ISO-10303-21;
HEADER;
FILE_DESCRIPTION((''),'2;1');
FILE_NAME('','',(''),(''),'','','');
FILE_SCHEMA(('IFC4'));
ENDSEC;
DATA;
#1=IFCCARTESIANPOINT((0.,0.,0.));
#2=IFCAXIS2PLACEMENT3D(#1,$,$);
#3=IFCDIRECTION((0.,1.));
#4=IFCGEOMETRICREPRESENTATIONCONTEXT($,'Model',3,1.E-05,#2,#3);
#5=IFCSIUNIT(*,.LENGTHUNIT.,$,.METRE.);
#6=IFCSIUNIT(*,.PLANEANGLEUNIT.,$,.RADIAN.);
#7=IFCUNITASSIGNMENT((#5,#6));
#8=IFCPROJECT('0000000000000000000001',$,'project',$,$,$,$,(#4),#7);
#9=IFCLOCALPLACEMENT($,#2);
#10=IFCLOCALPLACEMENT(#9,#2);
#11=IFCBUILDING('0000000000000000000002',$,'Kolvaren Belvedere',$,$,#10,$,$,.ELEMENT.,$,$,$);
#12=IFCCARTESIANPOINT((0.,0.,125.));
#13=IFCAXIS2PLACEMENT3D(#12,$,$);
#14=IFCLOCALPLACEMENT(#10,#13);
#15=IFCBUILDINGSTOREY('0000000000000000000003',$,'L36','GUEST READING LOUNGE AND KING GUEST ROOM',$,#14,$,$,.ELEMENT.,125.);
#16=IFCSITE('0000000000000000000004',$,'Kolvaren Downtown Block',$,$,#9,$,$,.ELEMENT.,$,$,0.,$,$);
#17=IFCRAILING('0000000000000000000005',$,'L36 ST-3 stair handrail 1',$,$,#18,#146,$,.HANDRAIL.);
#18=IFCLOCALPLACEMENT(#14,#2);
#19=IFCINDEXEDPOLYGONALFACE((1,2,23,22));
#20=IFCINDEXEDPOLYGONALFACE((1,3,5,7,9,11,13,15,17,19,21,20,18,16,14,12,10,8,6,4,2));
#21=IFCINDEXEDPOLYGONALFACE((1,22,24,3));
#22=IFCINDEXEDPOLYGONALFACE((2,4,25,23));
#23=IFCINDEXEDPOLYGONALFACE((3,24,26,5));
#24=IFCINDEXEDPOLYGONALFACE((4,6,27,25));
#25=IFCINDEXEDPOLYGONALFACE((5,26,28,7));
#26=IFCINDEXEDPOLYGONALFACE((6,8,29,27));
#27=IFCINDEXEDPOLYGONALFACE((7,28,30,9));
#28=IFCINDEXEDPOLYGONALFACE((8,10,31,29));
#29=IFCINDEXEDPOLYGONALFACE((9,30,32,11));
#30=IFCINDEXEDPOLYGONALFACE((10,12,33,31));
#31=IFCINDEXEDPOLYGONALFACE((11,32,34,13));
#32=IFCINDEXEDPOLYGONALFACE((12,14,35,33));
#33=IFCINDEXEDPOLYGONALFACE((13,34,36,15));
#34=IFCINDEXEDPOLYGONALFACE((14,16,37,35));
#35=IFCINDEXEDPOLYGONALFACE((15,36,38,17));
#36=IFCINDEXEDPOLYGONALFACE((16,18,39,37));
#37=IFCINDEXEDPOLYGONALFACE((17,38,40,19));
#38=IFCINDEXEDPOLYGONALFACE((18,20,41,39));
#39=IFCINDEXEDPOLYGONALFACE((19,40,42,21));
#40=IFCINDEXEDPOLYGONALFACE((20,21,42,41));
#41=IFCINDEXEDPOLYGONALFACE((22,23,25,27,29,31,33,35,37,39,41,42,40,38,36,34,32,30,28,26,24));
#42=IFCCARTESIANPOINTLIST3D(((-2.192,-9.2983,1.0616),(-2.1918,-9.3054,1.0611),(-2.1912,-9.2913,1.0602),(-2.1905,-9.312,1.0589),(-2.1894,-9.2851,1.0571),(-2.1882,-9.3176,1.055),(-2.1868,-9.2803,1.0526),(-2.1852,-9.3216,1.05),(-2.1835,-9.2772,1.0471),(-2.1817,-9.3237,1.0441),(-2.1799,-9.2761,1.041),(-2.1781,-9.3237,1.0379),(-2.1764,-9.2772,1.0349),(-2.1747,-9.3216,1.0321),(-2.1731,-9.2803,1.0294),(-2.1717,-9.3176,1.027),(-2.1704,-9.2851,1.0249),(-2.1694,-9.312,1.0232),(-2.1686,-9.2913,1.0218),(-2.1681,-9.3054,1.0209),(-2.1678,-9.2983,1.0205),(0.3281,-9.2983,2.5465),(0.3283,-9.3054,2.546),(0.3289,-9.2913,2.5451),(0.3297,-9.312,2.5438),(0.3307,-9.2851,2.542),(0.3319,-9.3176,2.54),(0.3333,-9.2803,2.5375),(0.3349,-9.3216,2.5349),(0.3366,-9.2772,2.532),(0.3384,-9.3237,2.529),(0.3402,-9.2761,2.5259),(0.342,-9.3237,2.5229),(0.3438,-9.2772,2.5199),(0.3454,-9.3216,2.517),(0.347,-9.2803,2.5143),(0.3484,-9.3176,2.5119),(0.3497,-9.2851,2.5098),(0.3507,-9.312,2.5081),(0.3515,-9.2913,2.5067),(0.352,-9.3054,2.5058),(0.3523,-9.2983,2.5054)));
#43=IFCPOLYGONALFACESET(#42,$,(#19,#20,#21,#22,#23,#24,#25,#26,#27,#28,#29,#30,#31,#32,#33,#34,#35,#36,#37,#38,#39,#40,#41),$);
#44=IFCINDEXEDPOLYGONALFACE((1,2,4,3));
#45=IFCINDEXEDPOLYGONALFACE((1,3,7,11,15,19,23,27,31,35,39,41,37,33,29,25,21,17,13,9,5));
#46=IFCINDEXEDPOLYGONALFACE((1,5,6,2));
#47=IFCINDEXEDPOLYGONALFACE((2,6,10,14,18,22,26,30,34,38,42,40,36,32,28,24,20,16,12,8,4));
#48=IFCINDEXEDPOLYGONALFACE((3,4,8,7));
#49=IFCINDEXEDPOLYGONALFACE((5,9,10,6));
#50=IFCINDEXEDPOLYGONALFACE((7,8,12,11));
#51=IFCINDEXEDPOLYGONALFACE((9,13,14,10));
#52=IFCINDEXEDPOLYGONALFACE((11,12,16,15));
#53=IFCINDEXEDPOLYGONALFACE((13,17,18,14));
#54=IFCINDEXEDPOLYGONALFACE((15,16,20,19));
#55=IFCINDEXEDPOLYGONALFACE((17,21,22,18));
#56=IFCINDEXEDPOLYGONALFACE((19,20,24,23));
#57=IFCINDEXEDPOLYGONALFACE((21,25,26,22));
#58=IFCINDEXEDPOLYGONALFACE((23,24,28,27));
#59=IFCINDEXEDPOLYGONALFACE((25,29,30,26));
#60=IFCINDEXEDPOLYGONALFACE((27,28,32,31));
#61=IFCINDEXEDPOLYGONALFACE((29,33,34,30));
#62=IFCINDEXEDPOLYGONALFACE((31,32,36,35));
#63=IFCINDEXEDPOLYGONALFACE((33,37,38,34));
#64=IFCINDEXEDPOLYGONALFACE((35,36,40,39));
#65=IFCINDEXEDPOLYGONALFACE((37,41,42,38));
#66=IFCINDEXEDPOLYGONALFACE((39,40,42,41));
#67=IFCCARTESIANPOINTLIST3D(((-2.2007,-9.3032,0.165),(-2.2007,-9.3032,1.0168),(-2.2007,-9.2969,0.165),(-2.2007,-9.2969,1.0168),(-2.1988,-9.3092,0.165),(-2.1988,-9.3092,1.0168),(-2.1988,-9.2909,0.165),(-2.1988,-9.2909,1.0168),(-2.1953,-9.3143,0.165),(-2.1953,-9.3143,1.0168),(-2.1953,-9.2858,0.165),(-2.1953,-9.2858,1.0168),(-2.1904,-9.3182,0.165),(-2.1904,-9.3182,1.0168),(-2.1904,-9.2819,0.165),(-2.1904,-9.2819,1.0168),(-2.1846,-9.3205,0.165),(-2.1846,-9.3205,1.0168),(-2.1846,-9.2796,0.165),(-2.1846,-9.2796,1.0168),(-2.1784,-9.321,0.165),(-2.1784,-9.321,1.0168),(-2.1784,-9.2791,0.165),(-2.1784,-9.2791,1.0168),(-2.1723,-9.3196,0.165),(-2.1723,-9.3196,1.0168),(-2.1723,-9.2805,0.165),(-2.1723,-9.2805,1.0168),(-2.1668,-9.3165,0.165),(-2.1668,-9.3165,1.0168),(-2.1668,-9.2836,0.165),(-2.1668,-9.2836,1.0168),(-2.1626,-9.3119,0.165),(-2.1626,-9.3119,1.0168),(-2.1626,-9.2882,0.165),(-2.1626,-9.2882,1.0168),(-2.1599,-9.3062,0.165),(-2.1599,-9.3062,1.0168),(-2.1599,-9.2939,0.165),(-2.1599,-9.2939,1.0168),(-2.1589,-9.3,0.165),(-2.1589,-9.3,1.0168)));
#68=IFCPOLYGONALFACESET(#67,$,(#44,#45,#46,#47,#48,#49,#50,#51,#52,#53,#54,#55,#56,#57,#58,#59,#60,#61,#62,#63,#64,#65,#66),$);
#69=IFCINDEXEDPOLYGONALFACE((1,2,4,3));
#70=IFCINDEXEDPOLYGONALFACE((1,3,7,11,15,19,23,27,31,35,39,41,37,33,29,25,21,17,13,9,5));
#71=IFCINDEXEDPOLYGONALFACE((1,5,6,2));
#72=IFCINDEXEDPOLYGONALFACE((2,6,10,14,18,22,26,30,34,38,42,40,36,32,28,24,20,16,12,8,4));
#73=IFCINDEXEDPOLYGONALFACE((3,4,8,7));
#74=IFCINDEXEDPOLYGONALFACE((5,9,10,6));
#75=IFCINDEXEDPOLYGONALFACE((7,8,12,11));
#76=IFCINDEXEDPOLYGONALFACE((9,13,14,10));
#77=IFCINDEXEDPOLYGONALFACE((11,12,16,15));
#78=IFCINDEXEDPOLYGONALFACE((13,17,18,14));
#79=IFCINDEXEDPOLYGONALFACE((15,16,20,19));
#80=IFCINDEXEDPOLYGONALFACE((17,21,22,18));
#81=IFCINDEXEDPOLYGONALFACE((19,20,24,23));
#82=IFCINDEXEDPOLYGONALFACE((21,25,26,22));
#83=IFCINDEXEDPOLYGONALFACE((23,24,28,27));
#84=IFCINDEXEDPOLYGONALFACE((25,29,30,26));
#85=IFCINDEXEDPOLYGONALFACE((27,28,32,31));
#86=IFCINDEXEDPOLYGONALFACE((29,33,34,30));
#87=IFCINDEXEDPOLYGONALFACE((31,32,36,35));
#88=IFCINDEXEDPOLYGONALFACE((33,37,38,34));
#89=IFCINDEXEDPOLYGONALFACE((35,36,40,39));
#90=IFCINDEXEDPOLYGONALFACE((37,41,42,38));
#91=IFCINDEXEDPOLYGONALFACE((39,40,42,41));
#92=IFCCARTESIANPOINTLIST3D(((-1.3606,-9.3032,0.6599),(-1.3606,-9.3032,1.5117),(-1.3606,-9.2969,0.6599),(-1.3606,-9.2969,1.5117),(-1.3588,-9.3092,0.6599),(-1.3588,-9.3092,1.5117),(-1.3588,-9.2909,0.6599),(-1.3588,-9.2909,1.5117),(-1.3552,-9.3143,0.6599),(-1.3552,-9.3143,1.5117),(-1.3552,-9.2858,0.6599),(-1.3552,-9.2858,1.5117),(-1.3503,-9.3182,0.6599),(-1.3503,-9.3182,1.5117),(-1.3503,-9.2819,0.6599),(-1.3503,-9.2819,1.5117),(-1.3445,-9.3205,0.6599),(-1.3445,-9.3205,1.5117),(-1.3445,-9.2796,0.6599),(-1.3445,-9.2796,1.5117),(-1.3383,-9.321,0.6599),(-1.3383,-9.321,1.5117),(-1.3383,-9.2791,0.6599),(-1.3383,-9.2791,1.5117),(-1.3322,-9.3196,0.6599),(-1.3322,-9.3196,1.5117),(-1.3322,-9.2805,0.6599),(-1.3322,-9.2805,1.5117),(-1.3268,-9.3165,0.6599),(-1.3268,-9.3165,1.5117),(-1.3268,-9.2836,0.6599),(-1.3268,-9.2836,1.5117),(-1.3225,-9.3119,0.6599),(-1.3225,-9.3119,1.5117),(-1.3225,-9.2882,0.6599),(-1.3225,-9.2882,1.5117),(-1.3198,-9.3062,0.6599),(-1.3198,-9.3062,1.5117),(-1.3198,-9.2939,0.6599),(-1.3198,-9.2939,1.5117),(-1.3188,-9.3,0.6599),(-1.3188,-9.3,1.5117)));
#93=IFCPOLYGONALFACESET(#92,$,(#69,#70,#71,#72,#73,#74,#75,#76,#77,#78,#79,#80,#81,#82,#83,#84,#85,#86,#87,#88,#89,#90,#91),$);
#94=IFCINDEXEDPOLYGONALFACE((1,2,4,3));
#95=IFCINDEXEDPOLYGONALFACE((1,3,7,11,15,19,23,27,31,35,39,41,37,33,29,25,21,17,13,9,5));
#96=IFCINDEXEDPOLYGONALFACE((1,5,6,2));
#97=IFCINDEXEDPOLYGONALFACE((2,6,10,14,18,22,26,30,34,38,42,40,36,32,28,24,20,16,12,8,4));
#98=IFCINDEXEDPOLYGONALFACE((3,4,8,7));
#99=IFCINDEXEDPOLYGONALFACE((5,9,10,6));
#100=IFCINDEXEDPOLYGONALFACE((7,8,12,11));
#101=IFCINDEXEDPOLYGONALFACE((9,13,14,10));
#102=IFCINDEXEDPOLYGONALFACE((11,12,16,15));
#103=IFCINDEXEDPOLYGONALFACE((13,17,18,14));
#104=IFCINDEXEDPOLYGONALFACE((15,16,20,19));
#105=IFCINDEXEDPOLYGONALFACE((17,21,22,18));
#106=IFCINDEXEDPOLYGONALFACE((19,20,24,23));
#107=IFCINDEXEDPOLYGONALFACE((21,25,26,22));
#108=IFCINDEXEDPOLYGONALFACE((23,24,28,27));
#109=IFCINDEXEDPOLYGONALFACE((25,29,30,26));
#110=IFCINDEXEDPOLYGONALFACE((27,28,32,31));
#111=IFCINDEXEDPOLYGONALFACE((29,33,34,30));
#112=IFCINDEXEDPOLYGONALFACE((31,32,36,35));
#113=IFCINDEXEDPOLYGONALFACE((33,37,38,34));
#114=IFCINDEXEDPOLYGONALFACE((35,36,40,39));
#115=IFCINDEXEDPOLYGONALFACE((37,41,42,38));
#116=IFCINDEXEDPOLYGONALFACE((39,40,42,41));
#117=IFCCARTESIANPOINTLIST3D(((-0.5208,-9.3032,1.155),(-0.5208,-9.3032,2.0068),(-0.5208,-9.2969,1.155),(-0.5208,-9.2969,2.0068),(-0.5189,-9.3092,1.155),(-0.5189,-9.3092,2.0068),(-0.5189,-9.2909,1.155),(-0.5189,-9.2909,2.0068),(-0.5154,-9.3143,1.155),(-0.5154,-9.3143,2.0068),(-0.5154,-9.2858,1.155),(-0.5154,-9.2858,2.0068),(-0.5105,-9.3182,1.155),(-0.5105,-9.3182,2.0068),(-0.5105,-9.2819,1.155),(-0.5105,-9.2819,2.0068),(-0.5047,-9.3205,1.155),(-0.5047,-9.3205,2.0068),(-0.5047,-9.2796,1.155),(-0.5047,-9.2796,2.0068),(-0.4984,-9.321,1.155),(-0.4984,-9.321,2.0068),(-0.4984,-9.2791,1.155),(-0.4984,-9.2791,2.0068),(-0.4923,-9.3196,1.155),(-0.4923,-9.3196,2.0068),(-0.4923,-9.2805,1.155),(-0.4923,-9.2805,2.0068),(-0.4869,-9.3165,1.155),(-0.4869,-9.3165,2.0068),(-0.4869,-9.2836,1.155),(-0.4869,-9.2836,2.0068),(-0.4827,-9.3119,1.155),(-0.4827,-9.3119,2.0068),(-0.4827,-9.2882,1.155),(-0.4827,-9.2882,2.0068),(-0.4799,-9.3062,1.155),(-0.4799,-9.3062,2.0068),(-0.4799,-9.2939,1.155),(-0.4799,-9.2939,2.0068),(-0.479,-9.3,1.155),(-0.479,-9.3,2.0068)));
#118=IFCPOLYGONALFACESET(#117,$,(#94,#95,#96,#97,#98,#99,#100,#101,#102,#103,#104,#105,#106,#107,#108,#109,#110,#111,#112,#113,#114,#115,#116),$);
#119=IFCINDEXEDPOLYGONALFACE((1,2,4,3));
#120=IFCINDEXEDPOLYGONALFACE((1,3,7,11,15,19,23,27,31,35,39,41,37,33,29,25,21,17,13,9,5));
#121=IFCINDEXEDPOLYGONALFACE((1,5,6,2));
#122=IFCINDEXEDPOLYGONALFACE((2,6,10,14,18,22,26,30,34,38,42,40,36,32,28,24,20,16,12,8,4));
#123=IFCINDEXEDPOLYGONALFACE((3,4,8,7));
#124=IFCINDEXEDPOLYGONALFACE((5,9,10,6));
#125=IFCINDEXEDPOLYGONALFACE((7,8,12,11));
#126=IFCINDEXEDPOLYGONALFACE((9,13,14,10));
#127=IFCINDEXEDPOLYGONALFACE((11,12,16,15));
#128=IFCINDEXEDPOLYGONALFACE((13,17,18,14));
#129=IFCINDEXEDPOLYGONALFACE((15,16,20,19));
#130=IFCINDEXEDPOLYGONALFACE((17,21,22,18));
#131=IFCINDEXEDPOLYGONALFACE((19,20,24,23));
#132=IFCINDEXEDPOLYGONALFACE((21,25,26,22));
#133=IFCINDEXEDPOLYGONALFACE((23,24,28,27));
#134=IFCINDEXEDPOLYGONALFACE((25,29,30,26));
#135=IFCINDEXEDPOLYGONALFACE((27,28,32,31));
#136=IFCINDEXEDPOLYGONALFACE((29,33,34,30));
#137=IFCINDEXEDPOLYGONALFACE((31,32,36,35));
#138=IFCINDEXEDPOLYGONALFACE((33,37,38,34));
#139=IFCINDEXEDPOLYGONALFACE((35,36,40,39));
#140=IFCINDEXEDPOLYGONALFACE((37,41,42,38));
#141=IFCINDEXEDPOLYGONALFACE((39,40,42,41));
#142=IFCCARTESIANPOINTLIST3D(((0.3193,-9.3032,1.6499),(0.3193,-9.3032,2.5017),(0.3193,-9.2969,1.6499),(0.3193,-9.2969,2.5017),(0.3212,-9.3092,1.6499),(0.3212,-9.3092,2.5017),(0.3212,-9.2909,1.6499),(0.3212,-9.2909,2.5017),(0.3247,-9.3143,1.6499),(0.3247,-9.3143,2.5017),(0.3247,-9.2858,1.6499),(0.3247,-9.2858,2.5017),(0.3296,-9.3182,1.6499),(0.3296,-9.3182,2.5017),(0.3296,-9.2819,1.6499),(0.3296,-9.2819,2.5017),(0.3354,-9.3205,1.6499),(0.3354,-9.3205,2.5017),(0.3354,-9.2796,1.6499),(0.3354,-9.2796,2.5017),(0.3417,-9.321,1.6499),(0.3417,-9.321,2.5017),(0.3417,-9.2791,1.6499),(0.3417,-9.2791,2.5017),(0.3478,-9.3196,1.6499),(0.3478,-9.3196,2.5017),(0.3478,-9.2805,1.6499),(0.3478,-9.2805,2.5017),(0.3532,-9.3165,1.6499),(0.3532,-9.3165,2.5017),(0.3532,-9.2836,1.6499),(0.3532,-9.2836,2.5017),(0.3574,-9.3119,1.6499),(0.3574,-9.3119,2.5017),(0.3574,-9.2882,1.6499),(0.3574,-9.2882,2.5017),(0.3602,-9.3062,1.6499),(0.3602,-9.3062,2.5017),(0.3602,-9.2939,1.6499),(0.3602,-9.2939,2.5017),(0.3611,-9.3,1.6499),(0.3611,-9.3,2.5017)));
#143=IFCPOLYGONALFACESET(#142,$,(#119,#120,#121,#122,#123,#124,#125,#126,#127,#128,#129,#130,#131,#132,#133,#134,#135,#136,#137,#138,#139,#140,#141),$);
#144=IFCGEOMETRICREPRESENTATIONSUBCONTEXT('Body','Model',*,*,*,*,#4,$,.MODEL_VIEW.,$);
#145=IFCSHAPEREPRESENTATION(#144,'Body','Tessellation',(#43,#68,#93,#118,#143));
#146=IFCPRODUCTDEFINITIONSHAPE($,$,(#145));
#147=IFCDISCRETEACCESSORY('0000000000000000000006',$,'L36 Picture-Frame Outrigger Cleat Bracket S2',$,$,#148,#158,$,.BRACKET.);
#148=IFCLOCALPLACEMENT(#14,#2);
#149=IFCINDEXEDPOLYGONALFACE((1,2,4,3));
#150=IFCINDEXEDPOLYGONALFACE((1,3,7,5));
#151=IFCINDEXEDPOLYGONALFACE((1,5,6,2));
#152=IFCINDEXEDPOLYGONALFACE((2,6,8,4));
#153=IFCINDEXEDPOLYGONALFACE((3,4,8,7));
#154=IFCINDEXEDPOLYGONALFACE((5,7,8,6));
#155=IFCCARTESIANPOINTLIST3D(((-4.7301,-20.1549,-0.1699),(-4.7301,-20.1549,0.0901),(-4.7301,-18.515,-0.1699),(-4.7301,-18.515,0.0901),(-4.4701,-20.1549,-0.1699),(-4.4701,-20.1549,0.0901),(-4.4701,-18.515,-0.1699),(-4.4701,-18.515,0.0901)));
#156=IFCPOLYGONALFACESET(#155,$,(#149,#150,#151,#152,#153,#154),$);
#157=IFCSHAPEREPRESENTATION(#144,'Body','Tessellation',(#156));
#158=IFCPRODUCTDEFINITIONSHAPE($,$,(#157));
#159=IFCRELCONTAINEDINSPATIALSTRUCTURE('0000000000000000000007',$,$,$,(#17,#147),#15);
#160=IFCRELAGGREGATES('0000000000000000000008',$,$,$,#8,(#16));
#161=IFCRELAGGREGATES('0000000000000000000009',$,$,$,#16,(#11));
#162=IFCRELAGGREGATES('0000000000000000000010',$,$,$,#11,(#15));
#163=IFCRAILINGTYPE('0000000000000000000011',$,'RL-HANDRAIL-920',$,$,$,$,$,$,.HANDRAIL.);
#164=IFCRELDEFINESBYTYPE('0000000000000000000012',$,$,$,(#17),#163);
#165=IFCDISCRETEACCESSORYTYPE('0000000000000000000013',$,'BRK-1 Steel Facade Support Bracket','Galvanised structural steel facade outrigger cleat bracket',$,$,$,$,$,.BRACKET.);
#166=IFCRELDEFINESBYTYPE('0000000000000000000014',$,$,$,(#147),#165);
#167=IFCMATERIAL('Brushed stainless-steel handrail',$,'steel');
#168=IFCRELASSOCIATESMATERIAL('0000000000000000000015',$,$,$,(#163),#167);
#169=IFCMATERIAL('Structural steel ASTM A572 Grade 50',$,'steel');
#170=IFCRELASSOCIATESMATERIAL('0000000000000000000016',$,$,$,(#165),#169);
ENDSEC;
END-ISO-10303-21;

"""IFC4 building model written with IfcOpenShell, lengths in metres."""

from ifc_helpers import new_model, si_unit, direction, frame, origin, origin_2d, place, context, subcontext, project, spatial, rectangle, circle, extrude, material, type_object, element, save


model = new_model("IFC4")

# Units and contexts
model_context = context("Model", 3, precision=1e-05, world=origin(), true_north=direction((0.0, 1.0)))
body_context = subcontext(model_context, "Body", "Model", "MODEL_VIEW")
ifc_project = project(units=[si_unit("LENGTHUNIT", "METRE"), si_unit("PLANEANGLEUNIT", "RADIAN")], contexts=[model_context])

# Site, building, storey
site_placement = place(None, origin())
site = spatial("IfcSite", under=ifc_project, at=site_placement, Name="Kolvaren Downtown Block", CompositionType="ELEMENT", RefElevation=0.0)
building_placement = place(site_placement, origin())
building = spatial("IfcBuilding", under=site, at=building_placement, Name="Kolvaren Belvedere", CompositionType="ELEMENT")
storey_placement = place(building_placement, frame((0.0, 0.0, 125.0)))
storey = spatial("IfcBuildingStorey", under=building, at=storey_placement, Name="L36", Description="GUEST READING LOUNGE AND KING GUEST ROOM", CompositionType="ELEMENT", Elevation=125.0)

# Railing
ifc_material_1 = material(Name="Brushed stainless-steel handrail", Category="steel")
railing_type = type_object("IfcRailingType", Name="RL-HANDRAIL-920", PredefinedType="HANDRAIL", material=ifc_material_1)
railing_placement = place(storey_placement, frame((-2.1799, -9.3, 0.165)))
element("IfcRailing", 1, at=railing_placement, inside=storey, type_object=railing_type, Name="L36 ST-3 stair handrail 1", PredefinedType="HANDRAIL", context=body_context, shape_type="SweptSolid", body=[
    extrude(circle(Radius=0.0239, at=origin_2d()), frame((0.0, 0.0, 0.876), z_axis=(0.861561, 0.0, 0.507655), x_axis=(0.0, 1.0, 0.0)), (0.0, 0.0, 1.0), 2.925),
    extrude(circle(Radius=0.021, at=origin_2d()), origin(), (0.0, 0.0, 1.0), 0.8518),
    extrude(circle(Radius=0.021, at=origin_2d()), frame((0.8401, 0.0, 0.4949)), (0.0, 0.0, 1.0), 0.8518),
    extrude(circle(Radius=0.021, at=origin_2d()), frame((1.6799, 0.0, 0.99)), (0.0, 0.0, 1.0), 0.8518),
    extrude(circle(Radius=0.021, at=origin_2d()), frame((2.52, 0.0, 1.4849)), (0.0, 0.0, 1.0), 0.8518),
])

# Discrete accessory
ifc_material_2 = material(Name="Structural steel ASTM A572 Grade 50", Category="steel")
discrete_accessory_type = type_object("IfcDiscreteAccessoryType", Name="BRK-1 Steel Facade Support Bracket", Description="Galvanised structural steel facade outrigger cleat bracket", PredefinedType="BRACKET", material=ifc_material_2)
discrete_accessory_placement = place(storey_placement, frame((-4.6001, -19.335, -0.1699), z_axis=(0.0, 0.0, 1.0), x_axis=(0.0, 1.0, 0.0)))
element("IfcDiscreteAccessory", 2, at=discrete_accessory_placement, inside=storey, type_object=discrete_accessory_type, Name="L36 Picture-Frame Outrigger Cleat Bracket S2", PredefinedType="BRACKET", context=body_context, shape_type="SweptSolid", body=[
    extrude(rectangle(XDim=1.6399, YDim=0.26, at=origin_2d()), origin(), (0.0, 0.0, 1.0), 0.26),
])

save(model, "model.ifc")
